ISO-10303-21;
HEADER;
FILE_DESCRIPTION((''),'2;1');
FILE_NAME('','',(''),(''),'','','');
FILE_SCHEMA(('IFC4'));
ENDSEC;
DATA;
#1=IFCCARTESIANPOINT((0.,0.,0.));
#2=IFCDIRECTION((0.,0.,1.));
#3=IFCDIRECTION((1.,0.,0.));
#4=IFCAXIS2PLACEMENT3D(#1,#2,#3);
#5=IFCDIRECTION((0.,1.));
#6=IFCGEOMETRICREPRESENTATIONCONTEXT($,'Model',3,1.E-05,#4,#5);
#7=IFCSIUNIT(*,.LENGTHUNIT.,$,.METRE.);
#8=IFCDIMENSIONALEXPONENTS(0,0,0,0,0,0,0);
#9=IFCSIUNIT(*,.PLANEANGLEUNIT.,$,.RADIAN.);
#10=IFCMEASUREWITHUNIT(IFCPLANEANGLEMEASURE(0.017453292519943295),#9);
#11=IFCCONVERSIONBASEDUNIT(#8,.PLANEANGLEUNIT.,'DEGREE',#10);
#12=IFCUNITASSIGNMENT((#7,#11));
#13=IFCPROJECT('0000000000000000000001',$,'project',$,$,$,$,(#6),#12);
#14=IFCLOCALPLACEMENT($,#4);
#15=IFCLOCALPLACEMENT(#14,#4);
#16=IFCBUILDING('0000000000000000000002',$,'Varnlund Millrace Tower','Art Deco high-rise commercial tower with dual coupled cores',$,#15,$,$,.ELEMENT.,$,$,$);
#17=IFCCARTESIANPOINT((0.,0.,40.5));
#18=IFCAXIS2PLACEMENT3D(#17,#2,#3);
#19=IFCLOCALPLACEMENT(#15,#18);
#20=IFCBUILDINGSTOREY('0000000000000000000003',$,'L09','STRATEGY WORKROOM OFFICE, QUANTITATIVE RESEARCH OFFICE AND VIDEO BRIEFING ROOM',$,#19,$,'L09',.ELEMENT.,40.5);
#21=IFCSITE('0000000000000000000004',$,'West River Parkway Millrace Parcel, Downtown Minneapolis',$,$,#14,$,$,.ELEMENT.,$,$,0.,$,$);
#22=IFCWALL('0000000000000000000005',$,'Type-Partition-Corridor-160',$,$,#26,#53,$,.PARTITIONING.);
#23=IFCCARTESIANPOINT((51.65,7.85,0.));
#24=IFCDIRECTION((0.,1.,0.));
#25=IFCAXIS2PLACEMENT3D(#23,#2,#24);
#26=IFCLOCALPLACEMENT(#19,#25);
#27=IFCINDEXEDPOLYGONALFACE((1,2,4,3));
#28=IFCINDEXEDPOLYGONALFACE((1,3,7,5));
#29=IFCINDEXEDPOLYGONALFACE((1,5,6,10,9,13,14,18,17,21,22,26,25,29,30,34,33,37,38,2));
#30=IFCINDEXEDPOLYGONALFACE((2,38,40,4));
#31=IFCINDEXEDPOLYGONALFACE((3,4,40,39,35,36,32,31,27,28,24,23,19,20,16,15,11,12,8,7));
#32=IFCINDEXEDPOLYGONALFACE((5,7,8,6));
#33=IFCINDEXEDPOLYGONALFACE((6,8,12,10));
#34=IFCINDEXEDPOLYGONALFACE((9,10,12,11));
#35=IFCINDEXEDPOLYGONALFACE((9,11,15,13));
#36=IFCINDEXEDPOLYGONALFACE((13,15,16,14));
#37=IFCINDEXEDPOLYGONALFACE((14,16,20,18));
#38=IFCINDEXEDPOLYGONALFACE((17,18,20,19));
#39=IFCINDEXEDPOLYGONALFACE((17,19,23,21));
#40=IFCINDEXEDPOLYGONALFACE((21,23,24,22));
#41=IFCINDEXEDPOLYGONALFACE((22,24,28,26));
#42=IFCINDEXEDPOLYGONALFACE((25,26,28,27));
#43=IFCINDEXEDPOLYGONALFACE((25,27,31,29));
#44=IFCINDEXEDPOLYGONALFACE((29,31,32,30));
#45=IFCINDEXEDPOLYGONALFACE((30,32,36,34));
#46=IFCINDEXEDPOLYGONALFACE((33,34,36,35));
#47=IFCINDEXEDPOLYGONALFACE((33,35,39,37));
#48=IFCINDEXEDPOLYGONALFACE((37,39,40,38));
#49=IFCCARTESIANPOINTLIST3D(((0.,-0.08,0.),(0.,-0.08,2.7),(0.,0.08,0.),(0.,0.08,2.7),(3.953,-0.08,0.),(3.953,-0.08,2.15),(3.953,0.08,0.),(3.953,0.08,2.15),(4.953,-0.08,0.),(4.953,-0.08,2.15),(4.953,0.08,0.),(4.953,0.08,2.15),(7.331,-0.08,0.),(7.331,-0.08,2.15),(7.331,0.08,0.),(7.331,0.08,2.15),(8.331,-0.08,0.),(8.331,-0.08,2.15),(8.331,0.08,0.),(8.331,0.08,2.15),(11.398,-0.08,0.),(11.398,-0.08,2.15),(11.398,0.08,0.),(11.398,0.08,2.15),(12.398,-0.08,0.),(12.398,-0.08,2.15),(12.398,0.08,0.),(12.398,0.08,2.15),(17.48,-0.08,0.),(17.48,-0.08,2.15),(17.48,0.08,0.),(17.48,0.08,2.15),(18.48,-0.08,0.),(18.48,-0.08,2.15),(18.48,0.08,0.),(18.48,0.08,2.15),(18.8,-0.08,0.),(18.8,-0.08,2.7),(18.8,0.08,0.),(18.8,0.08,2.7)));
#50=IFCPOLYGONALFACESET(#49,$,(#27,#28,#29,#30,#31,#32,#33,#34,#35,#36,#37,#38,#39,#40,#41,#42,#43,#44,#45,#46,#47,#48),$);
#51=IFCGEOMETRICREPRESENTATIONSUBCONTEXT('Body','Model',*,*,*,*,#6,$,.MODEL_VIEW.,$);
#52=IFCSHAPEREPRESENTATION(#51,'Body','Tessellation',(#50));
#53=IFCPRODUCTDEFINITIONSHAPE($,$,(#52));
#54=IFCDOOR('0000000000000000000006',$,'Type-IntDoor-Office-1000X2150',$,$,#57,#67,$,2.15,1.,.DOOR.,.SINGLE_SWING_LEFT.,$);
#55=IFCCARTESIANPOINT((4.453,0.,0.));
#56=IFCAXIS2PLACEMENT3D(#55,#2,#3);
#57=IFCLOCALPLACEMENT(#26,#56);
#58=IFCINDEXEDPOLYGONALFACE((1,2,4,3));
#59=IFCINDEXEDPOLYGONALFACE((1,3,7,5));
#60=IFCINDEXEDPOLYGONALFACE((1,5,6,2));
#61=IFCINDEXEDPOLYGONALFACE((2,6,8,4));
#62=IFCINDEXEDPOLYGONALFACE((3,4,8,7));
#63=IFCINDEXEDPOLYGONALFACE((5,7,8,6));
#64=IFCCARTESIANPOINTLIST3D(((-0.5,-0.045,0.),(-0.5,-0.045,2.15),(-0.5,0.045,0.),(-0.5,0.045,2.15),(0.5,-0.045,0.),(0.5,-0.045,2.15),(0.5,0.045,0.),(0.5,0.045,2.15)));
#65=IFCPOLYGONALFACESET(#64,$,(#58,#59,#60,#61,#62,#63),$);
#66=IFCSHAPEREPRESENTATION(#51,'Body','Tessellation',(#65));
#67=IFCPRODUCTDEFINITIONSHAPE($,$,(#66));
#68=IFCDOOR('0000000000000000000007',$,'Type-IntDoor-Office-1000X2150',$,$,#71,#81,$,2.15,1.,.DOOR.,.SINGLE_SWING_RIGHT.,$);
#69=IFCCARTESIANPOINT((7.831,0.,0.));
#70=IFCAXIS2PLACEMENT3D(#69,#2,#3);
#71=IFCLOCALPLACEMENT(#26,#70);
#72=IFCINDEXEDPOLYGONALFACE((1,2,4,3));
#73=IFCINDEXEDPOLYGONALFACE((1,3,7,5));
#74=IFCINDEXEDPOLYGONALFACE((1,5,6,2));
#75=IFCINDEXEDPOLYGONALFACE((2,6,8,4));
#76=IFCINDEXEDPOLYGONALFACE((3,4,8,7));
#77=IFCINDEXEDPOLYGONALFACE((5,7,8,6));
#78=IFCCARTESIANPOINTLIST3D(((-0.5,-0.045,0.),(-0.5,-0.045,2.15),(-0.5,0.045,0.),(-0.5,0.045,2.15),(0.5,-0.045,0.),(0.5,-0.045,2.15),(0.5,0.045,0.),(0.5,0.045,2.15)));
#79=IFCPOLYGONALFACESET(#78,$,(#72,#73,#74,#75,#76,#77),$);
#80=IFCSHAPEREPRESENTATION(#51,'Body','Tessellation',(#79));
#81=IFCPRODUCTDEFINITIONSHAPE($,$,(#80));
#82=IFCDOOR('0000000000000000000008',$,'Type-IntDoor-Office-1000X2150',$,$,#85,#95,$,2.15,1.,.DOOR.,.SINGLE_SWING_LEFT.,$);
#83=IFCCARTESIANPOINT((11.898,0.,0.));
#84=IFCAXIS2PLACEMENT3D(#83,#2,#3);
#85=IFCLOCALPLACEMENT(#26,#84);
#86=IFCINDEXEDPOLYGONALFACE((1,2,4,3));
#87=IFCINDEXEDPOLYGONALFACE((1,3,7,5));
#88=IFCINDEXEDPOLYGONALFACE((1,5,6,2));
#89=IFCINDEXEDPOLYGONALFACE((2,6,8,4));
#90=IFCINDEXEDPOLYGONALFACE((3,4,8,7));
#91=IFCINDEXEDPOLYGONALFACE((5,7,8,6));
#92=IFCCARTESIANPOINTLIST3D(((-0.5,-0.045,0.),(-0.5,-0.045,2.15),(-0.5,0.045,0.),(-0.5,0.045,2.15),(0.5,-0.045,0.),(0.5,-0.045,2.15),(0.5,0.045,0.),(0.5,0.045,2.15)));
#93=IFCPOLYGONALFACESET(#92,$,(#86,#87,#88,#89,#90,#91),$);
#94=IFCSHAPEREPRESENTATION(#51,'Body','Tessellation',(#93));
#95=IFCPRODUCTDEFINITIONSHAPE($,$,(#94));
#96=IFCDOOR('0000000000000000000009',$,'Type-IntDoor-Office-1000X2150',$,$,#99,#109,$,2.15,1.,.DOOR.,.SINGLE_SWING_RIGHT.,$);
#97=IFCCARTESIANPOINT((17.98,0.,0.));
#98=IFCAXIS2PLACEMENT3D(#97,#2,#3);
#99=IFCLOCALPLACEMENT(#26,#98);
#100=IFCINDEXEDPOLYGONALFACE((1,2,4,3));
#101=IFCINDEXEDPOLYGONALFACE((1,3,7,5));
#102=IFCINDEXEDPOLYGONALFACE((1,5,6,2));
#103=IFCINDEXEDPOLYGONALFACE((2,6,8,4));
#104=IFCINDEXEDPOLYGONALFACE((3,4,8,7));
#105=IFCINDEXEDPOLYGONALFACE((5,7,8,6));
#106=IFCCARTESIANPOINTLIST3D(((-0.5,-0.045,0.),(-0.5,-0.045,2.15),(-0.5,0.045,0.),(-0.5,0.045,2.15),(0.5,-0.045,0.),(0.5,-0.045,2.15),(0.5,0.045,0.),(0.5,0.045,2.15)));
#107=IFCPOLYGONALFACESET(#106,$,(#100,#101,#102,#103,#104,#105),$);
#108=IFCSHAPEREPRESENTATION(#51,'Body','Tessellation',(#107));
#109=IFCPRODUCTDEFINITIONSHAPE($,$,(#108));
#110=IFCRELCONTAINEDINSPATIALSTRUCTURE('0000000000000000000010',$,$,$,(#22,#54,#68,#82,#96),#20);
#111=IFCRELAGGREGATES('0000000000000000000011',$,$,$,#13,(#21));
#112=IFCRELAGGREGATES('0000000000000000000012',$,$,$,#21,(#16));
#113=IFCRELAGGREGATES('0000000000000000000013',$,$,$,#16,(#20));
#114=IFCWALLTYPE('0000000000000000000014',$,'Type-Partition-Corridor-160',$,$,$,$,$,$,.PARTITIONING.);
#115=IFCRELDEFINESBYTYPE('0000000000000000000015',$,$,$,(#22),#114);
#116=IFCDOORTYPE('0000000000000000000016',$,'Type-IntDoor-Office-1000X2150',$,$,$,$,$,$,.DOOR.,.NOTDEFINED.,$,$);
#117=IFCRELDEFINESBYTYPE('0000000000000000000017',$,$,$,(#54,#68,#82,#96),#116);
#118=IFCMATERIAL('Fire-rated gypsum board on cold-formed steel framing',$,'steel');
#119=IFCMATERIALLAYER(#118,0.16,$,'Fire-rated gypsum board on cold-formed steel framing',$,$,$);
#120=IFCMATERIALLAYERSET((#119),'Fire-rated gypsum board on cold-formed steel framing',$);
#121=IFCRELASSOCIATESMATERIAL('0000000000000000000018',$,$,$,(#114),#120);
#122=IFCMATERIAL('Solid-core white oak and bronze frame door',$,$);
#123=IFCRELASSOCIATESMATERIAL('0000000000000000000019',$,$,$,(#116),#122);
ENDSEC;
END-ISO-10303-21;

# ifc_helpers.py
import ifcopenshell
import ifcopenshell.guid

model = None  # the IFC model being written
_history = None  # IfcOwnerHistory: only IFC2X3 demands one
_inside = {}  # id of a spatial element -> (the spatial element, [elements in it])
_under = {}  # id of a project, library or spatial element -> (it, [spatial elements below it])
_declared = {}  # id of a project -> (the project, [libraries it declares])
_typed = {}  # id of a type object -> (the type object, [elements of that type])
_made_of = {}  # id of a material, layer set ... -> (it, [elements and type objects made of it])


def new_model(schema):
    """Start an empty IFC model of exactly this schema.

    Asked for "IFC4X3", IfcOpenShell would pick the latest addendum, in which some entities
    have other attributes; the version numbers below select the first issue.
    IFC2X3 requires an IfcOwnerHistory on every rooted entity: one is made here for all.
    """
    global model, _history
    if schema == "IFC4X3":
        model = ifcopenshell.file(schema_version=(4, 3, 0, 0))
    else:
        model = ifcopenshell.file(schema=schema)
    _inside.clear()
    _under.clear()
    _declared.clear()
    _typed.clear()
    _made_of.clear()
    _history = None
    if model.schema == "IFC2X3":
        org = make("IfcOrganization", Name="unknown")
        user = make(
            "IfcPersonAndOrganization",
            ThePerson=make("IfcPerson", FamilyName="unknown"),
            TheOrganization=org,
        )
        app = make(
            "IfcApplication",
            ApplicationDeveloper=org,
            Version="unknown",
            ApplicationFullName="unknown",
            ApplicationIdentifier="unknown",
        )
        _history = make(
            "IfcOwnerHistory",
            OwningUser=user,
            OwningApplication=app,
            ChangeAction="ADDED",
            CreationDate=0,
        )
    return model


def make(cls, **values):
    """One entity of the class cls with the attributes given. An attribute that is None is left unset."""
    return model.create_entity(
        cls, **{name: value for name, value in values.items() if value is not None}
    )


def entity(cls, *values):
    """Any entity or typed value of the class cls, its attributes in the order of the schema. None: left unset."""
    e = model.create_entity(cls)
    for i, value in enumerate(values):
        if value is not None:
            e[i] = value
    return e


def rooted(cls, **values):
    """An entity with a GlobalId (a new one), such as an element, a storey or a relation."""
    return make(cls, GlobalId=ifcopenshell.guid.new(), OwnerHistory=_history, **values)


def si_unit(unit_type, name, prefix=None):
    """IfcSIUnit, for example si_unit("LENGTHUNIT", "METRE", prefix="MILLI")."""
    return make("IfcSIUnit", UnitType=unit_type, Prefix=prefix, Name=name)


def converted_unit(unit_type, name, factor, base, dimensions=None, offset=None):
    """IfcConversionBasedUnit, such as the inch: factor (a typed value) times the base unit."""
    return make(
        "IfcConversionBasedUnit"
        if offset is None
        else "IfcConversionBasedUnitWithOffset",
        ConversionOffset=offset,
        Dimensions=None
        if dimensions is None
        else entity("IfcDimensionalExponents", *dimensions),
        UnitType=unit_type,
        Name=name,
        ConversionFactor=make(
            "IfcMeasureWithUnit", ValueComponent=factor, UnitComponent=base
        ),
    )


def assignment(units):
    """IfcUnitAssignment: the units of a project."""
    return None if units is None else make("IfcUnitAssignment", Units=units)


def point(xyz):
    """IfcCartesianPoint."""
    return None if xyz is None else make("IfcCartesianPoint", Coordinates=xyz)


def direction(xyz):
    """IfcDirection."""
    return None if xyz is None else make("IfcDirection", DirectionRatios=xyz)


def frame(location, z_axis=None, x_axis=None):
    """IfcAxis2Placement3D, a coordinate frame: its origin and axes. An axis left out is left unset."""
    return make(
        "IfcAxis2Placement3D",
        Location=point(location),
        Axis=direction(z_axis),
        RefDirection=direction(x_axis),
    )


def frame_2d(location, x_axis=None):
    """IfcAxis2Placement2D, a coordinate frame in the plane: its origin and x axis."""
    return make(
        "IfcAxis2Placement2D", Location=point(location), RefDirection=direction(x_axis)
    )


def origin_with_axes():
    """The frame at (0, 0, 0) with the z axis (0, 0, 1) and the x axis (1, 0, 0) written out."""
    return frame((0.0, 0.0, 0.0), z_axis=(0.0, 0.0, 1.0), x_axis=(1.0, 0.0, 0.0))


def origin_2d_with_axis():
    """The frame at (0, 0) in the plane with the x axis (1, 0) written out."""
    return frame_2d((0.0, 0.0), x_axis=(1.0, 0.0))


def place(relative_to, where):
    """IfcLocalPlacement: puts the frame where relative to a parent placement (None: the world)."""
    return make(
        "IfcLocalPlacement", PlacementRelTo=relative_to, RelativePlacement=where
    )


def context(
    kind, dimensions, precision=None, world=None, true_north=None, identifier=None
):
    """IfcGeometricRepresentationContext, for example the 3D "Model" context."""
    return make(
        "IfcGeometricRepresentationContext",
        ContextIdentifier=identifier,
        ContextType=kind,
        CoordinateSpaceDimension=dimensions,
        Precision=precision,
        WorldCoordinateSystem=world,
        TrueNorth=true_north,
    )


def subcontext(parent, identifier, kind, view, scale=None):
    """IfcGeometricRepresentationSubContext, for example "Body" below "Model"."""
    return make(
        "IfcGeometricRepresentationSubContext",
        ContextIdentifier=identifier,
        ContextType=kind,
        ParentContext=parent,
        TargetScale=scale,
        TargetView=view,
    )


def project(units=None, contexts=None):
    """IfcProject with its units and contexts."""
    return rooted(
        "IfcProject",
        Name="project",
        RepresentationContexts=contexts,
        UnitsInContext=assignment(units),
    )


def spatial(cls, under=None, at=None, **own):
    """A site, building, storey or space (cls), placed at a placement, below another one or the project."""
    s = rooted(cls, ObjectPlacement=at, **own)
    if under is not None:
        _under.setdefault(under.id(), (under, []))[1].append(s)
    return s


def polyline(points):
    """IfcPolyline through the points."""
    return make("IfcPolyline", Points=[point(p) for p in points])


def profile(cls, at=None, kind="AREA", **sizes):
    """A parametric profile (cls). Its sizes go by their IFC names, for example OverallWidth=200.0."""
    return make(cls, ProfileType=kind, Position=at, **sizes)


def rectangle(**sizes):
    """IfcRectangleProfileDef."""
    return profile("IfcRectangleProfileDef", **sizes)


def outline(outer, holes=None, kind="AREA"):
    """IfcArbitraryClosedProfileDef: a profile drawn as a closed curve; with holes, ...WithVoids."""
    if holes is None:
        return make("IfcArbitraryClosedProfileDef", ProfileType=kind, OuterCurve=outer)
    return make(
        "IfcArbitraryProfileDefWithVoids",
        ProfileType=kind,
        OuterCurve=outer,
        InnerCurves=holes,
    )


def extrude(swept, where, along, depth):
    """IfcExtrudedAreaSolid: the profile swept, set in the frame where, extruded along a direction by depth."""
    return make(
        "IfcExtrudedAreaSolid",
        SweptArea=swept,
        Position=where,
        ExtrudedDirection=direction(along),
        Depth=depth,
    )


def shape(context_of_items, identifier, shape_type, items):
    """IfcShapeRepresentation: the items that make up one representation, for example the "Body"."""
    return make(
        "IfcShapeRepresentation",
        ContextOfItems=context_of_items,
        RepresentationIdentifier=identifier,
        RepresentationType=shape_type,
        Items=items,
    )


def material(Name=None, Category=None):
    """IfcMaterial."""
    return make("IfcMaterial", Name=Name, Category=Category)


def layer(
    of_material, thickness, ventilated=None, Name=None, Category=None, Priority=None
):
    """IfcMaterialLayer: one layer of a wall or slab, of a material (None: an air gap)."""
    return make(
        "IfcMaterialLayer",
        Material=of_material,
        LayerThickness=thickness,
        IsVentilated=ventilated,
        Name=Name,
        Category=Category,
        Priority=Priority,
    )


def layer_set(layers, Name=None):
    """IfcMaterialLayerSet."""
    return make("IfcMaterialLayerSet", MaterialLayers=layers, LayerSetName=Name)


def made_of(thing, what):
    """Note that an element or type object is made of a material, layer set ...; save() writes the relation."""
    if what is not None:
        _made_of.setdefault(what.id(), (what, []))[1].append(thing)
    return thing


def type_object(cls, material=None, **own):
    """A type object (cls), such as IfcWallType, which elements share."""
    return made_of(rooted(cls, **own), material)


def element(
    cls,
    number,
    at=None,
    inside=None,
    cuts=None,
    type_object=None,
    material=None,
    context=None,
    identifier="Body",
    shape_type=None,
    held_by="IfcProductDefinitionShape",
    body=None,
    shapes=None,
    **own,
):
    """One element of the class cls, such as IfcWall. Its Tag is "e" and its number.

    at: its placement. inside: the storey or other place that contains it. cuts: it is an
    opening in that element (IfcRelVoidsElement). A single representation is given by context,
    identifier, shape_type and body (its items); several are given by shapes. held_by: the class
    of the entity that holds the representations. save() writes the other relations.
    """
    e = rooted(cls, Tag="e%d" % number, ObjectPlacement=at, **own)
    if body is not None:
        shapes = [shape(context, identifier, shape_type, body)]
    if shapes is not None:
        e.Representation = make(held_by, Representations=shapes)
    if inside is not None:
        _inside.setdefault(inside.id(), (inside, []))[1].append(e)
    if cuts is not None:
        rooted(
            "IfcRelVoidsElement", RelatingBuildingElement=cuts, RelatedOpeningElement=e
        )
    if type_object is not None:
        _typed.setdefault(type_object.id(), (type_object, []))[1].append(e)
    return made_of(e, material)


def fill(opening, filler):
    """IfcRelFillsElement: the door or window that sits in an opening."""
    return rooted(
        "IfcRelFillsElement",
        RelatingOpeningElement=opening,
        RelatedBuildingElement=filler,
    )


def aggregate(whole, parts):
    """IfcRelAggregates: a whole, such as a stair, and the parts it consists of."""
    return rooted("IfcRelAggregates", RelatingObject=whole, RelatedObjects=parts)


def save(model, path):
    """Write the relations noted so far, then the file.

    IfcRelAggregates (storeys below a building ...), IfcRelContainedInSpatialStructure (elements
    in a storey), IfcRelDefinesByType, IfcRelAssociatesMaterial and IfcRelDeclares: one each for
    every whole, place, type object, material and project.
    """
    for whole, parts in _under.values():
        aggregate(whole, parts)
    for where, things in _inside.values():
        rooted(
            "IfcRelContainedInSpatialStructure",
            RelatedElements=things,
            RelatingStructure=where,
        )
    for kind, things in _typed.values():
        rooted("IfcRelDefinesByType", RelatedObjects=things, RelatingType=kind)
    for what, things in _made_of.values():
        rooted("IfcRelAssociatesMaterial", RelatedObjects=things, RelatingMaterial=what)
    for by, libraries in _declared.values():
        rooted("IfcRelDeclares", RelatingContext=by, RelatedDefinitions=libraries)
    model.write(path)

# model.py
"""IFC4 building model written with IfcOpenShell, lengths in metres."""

from ifc_helpers import new_model, entity, si_unit, converted_unit, direction, frame, origin_with_axes, origin_2d_with_axis, place, context, subcontext, project, spatial, polyline, rectangle, outline, extrude, material, layer, layer_set, type_object, element, fill, save


model = new_model("IFC4")

# Units and contexts
model_context = context("Model", 3, precision=1e-05, world=origin_with_axes(), true_north=direction((0.0, 1.0)))
body_context = subcontext(model_context, "Body", "Model", "MODEL_VIEW")
ifc_project = project(units=[si_unit("LENGTHUNIT", "METRE"), converted_unit("PLANEANGLEUNIT", "DEGREE", entity("IfcPlaneAngleMeasure", 0.017453292519943295), si_unit("PLANEANGLEUNIT", "RADIAN"), dimensions=[0, 0, 0, 0, 0, 0, 0])], contexts=[model_context])

# Site, building, storey
site_placement = place(None, origin_with_axes())
site = spatial("IfcSite", under=ifc_project, at=site_placement, Name="West River Parkway Millrace Parcel, Downtown Minneapolis", CompositionType="ELEMENT", RefElevation=0.0)
building_placement = place(site_placement, origin_with_axes())
building = spatial("IfcBuilding", under=site, at=building_placement, Name="Varnlund Millrace Tower", Description="Art Deco high-rise commercial tower with dual coupled cores", CompositionType="ELEMENT")
storey_placement = place(building_placement, frame((0.0, 0.0, 40.5), z_axis=(0.0, 0.0, 1.0), x_axis=(1.0, 0.0, 0.0)))
storey = spatial("IfcBuildingStorey", under=building, at=storey_placement, Name="L09", Description="STRATEGY WORKROOM OFFICE, QUANTITATIVE RESEARCH OFFICE AND VIDEO BRIEFING ROOM", LongName="L09", CompositionType="ELEMENT", Elevation=40.5)

# Wall, openings, doors
ifc_material_1 = material(Name="Fire-rated gypsum board on cold-formed steel framing", Category="steel")
ifc_layer_1 = layer(ifc_material_1, 0.16, Name="Fire-rated gypsum board on cold-formed steel framing")
ifc_layer_set_1 = layer_set([ifc_layer_1], Name="Fire-rated gypsum board on cold-formed steel framing")
wall_type_1 = type_object("IfcWallType", Name="Type-Partition-Corridor-160", PredefinedType="PARTITIONING", material=ifc_layer_set_1)
wall_1_placement = place(storey_placement, frame((51.65, 7.85, 0.0), z_axis=(0.0, 0.0, 1.0), x_axis=(0.0, 1.0, 0.0)))
wall_1 = element("IfcWall", 1, at=wall_1_placement, inside=storey, type_object=wall_type_1, Name="Type-Partition-Corridor-160", PredefinedType="PARTITIONING", context=body_context, shape_type="SweptSolid", body=[
    extrude(outline(polyline([(0.0, -0.08), (18.8, -0.08), (18.8, 0.08), (0.0, 0.08), (0.0, -0.08)])), origin_with_axes(), (0.0, 0.0, 1.0), 2.7),
])
opening_1_placement = place(wall_1_placement, frame((4.453, 0.0, 0.0), z_axis=(0.0, 0.0, 1.0), x_axis=(1.0, 0.0, 0.0)))
opening_1 = element("IfcOpeningElement", 2, at=opening_1_placement, cuts=wall_1, PredefinedType="OPENING", context=body_context, shape_type="SweptSolid", body=[
    extrude(rectangle(XDim=1.0, YDim=0.18, at=origin_2d_with_axis()), origin_with_axes(), (0.0, 0.0, 1.0), 2.15),
])
opening_2_placement = place(wall_1_placement, frame((7.831, 0.0, 0.0), z_axis=(0.0, 0.0, 1.0), x_axis=(1.0, 0.0, 0.0)))
opening_2 = element("IfcOpeningElement", 3, at=opening_2_placement, cuts=wall_1, PredefinedType="OPENING", context=body_context, shape_type="SweptSolid", body=[
    extrude(rectangle(XDim=1.0, YDim=0.18, at=origin_2d_with_axis()), origin_with_axes(), (0.0, 0.0, 1.0), 2.15),
])
opening_3_placement = place(wall_1_placement, frame((11.898, 0.0, 0.0), z_axis=(0.0, 0.0, 1.0), x_axis=(1.0, 0.0, 0.0)))
opening_3 = element("IfcOpeningElement", 4, at=opening_3_placement, cuts=wall_1, PredefinedType="OPENING", context=body_context, shape_type="SweptSolid", body=[
    extrude(rectangle(XDim=1.0, YDim=0.18, at=origin_2d_with_axis()), origin_with_axes(), (0.0, 0.0, 1.0), 2.15),
])
opening_4_placement = place(wall_1_placement, frame((17.98, 0.0, 0.0), z_axis=(0.0, 0.0, 1.0), x_axis=(1.0, 0.0, 0.0)))
opening_4 = element("IfcOpeningElement", 5, at=opening_4_placement, cuts=wall_1, PredefinedType="OPENING", context=body_context, shape_type="SweptSolid", body=[
    extrude(rectangle(XDim=1.0, YDim=0.18, at=origin_2d_with_axis()), origin_with_axes(), (0.0, 0.0, 1.0), 2.15),
])
ifc_material_2 = material(Name="Solid-core white oak and bronze frame door")
door_type = type_object("IfcDoorType", Name="Type-IntDoor-Office-1000X2150", OperationType="NOTDEFINED", PredefinedType="DOOR", material=ifc_material_2)
door_1_placement = place(wall_1_placement, frame((4.453, 0.0, 0.0), z_axis=(0.0, 0.0, 1.0), x_axis=(1.0, 0.0, 0.0)))
door_1 = element("IfcDoor", 6, at=door_1_placement, inside=storey, type_object=door_type, Name="Type-IntDoor-Office-1000X2150", OperationType="SINGLE_SWING_LEFT", OverallHeight=2.15, OverallWidth=1.0, PredefinedType="DOOR", context=body_context, shape_type="SweptSolid", body=[
    extrude(rectangle(XDim=1.0, YDim=0.09, at=origin_2d_with_axis()), origin_with_axes(), (0.0, 0.0, 1.0), 2.15),
])
fill(opening_1, door_1)
door_2_placement = place(wall_1_placement, frame((7.831, 0.0, 0.0), z_axis=(0.0, 0.0, 1.0), x_axis=(1.0, 0.0, 0.0)))
door_2 = element("IfcDoor", 7, at=door_2_placement, inside=storey, type_object=door_type, Name="Type-IntDoor-Office-1000X2150", OperationType="SINGLE_SWING_RIGHT", OverallHeight=2.15, OverallWidth=1.0, PredefinedType="DOOR", context=body_context, shape_type="SweptSolid", body=[
    extrude(rectangle(XDim=1.0, YDim=0.09, at=origin_2d_with_axis()), origin_with_axes(), (0.0, 0.0, 1.0), 2.15),
])
fill(opening_2, door_2)
door_3_placement = place(wall_1_placement, frame((11.898, 0.0, 0.0), z_axis=(0.0, 0.0, 1.0), x_axis=(1.0, 0.0, 0.0)))
door_3 = element("IfcDoor", 8, at=door_3_placement, inside=storey, type_object=door_type, Name="Type-IntDoor-Office-1000X2150", OperationType="SINGLE_SWING_LEFT", OverallHeight=2.15, OverallWidth=1.0, PredefinedType="DOOR", context=body_context, shape_type="SweptSolid", body=[
    extrude(rectangle(XDim=1.0, YDim=0.09, at=origin_2d_with_axis()), origin_with_axes(), (0.0, 0.0, 1.0), 2.15),
])
fill(opening_3, door_3)
door_4_placement = place(wall_1_placement, frame((17.98, 0.0, 0.0), z_axis=(0.0, 0.0, 1.0), x_axis=(1.0, 0.0, 0.0)))
door_4 = element("IfcDoor", 9, at=door_4_placement, inside=storey, type_object=door_type, Name="Type-IntDoor-Office-1000X2150", OperationType="SINGLE_SWING_RIGHT", OverallHeight=2.15, OverallWidth=1.0, PredefinedType="DOOR", context=body_context, shape_type="SweptSolid", body=[
    extrude(rectangle(XDim=1.0, YDim=0.09, at=origin_2d_with_axis()), origin_with_axes(), (0.0, 0.0, 1.0), 2.15),
])
fill(opening_4, door_4)

save(model, "model.ifc")
